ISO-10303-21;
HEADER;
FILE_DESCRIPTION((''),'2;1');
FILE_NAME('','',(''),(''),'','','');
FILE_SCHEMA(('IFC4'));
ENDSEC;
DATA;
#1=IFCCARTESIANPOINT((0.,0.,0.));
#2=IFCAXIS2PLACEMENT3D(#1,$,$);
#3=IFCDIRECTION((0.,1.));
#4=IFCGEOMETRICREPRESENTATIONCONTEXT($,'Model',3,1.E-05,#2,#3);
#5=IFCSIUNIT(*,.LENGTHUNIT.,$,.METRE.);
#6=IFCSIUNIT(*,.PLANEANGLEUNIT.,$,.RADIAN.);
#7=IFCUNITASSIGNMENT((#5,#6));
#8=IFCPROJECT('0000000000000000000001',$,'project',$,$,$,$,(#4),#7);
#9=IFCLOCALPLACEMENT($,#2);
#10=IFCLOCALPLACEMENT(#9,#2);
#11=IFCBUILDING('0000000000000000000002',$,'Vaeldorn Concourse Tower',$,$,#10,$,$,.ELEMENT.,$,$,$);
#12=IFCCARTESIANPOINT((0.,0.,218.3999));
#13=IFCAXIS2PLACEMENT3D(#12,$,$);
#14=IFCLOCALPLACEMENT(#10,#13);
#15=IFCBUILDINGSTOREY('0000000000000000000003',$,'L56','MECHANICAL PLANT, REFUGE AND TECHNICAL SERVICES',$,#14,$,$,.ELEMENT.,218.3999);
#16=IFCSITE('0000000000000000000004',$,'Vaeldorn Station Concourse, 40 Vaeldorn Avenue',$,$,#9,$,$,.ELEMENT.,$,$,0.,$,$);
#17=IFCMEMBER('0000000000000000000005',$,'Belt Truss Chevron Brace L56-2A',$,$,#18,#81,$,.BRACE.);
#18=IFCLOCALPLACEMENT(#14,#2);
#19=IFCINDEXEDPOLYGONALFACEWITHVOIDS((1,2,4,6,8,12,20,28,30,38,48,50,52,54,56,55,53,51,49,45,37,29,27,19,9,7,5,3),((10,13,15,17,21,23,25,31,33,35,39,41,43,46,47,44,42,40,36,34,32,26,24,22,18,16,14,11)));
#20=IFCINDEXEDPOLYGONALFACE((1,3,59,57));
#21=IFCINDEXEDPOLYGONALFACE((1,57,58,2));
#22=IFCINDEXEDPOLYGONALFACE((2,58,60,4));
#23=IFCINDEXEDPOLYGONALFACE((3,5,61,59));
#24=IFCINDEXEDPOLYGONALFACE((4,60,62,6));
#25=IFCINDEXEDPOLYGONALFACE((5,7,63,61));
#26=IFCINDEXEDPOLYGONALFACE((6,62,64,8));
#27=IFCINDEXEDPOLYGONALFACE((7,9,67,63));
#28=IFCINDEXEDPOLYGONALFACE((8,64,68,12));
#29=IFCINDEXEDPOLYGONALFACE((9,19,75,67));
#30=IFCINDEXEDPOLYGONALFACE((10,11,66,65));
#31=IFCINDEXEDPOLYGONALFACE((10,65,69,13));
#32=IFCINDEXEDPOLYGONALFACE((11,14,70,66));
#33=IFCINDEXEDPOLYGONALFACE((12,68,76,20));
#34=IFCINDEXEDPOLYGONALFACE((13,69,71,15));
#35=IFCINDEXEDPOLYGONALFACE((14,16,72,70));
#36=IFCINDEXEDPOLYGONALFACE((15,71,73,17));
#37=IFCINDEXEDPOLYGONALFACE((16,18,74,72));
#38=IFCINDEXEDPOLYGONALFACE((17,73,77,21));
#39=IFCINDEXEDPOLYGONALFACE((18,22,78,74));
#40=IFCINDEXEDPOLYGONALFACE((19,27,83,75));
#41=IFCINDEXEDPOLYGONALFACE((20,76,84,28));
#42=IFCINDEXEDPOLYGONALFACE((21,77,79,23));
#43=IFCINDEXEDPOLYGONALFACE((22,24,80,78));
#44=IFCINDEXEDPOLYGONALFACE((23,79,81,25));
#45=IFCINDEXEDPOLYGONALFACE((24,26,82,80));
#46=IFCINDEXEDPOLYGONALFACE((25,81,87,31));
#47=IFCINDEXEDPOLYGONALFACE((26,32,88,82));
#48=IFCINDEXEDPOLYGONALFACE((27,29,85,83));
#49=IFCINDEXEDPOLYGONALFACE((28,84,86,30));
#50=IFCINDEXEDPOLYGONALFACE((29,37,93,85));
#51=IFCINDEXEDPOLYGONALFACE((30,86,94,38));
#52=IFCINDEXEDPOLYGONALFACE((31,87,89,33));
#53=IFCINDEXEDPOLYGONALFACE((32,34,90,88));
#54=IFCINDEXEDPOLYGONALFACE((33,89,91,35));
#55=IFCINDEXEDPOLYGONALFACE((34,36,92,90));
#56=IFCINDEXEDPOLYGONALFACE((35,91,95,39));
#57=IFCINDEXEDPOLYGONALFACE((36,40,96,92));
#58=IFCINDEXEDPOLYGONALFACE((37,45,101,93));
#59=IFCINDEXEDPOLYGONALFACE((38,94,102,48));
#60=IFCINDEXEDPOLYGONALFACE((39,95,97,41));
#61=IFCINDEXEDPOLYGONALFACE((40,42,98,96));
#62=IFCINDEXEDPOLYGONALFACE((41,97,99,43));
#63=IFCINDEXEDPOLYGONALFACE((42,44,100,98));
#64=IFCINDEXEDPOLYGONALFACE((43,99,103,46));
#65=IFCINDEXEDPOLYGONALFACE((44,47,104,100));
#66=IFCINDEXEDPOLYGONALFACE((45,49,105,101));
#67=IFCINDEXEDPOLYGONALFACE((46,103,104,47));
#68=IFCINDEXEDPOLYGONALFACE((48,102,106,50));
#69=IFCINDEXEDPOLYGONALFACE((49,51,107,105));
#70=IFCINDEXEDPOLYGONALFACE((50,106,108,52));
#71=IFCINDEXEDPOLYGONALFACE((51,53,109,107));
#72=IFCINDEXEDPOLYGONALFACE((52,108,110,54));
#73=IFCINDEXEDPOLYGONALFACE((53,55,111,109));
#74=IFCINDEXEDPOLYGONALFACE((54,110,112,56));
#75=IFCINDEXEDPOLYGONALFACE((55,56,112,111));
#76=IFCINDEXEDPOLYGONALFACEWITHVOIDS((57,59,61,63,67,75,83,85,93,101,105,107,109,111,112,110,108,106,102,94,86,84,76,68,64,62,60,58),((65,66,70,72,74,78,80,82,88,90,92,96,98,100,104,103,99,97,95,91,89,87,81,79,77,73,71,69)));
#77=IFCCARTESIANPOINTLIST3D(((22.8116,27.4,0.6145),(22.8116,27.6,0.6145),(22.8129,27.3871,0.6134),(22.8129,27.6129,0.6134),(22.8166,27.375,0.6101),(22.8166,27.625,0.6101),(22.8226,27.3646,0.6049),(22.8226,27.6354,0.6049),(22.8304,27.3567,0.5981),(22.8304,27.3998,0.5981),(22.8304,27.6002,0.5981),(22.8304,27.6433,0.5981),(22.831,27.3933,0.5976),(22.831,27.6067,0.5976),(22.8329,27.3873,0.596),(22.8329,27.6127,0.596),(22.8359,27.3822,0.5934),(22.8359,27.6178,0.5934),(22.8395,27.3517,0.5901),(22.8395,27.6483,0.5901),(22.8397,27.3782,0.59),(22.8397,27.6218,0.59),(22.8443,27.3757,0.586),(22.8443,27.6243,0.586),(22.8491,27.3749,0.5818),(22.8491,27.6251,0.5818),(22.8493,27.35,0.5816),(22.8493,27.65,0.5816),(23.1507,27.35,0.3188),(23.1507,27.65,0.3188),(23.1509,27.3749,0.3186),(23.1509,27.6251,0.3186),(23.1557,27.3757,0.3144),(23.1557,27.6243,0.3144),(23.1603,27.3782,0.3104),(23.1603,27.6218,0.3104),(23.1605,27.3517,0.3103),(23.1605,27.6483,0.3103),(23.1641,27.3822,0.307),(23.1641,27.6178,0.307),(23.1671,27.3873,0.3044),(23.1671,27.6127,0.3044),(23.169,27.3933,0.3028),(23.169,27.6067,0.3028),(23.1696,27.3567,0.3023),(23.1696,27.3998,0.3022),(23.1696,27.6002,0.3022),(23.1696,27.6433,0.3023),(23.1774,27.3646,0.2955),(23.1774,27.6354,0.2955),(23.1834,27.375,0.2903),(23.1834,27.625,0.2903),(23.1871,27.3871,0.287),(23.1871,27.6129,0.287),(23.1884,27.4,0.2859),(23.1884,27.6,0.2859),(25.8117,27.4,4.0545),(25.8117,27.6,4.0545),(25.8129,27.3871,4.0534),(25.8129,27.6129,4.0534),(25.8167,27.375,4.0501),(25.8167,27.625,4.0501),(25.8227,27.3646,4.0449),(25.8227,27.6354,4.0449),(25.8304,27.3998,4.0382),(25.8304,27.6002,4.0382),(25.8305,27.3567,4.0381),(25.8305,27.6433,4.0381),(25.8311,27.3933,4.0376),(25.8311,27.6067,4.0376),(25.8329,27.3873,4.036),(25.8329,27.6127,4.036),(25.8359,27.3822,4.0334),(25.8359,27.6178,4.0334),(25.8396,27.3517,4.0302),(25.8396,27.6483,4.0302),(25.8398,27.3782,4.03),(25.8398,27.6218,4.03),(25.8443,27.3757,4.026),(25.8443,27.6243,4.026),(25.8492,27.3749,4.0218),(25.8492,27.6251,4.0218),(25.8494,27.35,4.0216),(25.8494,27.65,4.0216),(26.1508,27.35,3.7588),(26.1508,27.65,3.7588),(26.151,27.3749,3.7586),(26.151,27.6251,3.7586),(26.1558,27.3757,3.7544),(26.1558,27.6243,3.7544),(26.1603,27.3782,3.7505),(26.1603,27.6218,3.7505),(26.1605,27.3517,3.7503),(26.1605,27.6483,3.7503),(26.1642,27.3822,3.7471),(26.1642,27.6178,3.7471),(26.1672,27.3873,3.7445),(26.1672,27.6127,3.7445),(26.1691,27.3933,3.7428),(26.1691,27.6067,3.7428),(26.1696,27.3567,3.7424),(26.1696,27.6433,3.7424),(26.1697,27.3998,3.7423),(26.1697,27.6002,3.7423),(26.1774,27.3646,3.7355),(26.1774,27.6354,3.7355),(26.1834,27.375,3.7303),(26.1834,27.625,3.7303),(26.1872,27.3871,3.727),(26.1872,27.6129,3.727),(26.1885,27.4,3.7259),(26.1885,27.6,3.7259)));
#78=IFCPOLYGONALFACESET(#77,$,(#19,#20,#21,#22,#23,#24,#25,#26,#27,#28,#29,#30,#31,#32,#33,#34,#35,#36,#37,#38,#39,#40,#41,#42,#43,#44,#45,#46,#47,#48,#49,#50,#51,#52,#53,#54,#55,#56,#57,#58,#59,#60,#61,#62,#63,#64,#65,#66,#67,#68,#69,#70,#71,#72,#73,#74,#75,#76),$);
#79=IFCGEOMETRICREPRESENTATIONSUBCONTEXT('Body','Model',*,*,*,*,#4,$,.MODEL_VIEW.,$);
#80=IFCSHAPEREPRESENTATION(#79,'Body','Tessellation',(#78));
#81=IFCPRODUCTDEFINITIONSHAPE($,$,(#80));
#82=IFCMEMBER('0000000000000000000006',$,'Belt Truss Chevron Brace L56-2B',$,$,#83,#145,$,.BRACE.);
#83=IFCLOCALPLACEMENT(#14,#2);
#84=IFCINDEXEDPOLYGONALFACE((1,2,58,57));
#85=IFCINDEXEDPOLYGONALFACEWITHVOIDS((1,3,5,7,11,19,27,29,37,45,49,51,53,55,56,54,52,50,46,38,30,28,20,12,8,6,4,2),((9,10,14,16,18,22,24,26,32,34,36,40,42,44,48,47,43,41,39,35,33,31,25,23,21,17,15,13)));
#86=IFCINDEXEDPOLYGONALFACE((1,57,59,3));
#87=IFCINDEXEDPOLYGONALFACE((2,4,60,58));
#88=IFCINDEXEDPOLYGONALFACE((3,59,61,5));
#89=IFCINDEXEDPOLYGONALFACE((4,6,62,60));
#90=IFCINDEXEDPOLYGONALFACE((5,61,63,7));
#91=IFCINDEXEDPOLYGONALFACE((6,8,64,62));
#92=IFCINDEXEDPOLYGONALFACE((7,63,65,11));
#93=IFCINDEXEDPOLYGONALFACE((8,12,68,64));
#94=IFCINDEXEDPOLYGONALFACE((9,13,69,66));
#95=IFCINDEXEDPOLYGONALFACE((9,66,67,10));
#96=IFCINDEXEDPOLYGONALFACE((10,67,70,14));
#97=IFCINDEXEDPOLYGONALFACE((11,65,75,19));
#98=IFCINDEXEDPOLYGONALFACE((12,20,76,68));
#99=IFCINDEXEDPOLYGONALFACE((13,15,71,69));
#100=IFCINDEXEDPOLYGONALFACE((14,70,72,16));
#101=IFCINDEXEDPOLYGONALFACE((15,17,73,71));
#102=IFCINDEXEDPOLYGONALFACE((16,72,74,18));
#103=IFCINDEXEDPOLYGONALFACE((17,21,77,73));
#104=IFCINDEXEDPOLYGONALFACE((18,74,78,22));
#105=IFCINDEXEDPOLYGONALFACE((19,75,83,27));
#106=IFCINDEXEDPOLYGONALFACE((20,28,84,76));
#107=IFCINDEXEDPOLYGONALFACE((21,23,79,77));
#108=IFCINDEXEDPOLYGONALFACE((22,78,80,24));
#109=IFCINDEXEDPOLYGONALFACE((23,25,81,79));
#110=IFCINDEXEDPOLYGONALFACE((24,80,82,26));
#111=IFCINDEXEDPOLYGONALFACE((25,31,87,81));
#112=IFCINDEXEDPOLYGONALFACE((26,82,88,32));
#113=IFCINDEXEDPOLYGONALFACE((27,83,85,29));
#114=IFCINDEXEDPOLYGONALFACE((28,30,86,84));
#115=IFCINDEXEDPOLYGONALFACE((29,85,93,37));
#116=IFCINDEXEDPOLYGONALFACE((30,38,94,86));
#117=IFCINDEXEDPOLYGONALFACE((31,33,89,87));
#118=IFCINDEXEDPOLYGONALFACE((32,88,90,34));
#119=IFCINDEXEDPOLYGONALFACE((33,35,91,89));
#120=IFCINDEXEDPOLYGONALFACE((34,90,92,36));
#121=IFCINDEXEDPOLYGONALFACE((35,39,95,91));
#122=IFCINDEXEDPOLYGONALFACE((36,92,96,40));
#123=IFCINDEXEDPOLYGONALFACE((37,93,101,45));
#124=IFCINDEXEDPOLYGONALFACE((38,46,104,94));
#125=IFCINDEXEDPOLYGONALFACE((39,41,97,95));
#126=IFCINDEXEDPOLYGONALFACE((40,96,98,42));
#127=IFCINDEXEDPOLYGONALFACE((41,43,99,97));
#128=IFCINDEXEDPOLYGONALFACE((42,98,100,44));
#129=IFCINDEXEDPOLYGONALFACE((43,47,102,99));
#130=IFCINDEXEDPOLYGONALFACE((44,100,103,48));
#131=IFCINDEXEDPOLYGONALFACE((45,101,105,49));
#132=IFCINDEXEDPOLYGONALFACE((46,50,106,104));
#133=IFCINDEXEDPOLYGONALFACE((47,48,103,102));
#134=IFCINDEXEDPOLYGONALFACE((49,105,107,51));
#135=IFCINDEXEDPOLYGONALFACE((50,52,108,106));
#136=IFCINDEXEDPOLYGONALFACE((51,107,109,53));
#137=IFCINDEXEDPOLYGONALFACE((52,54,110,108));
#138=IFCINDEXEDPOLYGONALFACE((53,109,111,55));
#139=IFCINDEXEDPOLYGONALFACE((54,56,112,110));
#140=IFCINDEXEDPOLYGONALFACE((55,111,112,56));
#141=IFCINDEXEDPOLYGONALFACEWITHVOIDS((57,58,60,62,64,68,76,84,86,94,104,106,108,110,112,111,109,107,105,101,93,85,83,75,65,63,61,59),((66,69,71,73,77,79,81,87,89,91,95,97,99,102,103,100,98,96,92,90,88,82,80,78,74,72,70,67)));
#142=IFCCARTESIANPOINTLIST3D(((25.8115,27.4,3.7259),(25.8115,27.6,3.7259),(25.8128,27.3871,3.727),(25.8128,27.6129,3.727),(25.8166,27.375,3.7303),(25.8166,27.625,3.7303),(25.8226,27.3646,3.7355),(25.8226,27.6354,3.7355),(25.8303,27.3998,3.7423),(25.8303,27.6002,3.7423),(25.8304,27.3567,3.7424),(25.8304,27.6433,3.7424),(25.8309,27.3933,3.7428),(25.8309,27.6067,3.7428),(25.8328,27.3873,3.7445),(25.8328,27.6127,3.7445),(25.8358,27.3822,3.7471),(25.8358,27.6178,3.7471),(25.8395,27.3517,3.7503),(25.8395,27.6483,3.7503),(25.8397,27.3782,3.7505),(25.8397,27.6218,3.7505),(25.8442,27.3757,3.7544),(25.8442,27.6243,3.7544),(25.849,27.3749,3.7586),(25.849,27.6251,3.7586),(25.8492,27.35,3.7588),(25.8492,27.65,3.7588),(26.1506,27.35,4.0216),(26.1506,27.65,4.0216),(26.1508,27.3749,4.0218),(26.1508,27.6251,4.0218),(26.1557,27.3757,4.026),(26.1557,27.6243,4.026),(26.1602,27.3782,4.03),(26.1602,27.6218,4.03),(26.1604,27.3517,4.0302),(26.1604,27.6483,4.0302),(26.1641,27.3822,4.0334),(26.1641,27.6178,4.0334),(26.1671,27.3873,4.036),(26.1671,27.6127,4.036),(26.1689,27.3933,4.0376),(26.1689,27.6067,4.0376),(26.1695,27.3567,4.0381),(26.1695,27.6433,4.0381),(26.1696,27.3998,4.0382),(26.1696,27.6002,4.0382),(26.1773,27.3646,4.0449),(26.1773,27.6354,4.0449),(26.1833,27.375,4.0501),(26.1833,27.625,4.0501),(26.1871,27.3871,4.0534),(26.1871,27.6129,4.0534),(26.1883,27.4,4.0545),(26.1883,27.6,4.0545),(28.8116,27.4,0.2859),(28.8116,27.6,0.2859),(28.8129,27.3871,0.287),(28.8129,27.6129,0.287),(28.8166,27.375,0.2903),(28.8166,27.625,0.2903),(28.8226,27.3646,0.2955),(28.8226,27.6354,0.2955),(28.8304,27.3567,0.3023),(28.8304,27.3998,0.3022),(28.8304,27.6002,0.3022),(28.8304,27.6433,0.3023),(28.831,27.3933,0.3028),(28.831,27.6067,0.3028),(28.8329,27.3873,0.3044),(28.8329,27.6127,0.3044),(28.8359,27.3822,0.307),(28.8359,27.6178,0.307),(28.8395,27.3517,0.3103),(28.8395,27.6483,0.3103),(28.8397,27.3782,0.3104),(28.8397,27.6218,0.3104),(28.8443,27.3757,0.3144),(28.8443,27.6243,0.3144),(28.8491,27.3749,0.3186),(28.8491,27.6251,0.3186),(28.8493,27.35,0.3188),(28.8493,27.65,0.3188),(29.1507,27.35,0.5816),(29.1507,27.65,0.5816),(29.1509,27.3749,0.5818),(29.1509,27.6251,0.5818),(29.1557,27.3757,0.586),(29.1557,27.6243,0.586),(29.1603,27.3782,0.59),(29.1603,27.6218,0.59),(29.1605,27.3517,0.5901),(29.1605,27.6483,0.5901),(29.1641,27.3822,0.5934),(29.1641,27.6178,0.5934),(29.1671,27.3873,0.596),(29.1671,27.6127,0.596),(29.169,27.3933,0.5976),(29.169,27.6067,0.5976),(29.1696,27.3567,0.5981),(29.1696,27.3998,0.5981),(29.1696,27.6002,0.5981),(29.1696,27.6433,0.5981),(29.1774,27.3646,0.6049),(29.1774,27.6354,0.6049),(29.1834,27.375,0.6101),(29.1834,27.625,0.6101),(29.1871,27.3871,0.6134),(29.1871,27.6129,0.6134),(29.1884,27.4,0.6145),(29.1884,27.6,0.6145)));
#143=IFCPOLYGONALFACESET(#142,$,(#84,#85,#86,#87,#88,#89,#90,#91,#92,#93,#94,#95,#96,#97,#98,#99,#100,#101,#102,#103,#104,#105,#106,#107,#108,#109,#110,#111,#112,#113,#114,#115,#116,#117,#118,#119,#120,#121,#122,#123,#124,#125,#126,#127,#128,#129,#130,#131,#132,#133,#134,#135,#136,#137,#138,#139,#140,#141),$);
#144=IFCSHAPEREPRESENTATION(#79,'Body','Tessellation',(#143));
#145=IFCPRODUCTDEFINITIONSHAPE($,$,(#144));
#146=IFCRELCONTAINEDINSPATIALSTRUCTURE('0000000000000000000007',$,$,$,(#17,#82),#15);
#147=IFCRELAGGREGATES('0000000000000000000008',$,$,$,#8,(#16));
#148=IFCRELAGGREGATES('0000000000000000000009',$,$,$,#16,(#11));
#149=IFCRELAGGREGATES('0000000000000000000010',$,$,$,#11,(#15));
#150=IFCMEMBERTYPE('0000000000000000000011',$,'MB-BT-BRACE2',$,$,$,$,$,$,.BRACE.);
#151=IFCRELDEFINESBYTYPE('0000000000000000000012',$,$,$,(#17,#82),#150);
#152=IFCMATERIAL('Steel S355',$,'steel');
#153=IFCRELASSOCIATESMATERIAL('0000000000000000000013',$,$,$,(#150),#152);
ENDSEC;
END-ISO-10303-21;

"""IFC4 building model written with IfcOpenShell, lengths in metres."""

from ifc_helpers import new_model, si_unit, direction, frame, origin, origin_2d, place, context, subcontext, project, spatial, hollow_rectangle, extrude, source, transform, mapped, material, material_profile, profile_set, type_object, element, save


model = new_model("IFC4")

# Units and contexts
model_context = context("Model", 3, precision=1e-05, world=origin(), true_north=direction((0.0, 1.0)))
body_context = subcontext(model_context, "Body", "Model", "MODEL_VIEW")
ifc_project = project(units=[si_unit("LENGTHUNIT", "METRE"), si_unit("PLANEANGLEUNIT", "RADIAN")], contexts=[model_context])

# Site, building, storey
site_placement = place(None, origin())
site = spatial("IfcSite", under=ifc_project, at=site_placement, Name="Vaeldorn Station Concourse, 40 Vaeldorn Avenue", CompositionType="ELEMENT", RefElevation=0.0)
building_placement = place(site_placement, origin())
building = spatial("IfcBuilding", under=site, at=building_placement, Name="Vaeldorn Concourse Tower", CompositionType="ELEMENT")
storey_placement = place(building_placement, frame((0.0, 0.0, 218.3999)))
storey = spatial("IfcBuildingStorey", under=building, at=storey_placement, Name="L56", Description="MECHANICAL PLANT, REFUGE AND TECHNICAL SERVICES", CompositionType="ELEMENT", Elevation=218.3999)

# Shared definitions
ifc_material_1 = material(Name="Steel S355", Category="steel")

# Members
ifc_material_profile_1 = material_profile(ifc_material_1, hollow_rectangle(XDim=0.3, YDim=0.5, WallThickness=0.0249, InnerFilletRadius=0.0249, OuterFilletRadius=0.05, at=origin_2d()), Name="RHS 500x300x25")
ifc_profile_set_1 = profile_set([ifc_material_profile_1], Name="Steel S355")
member_type_1 = type_object("IfcMemberType", Name="MB-BT-BRACE2", PredefinedType="BRACE", material=ifc_profile_set_1)
shared_shape_1 = source(origin(), body_context, "Body", "SweptSolid", [
    extrude(hollow_rectangle(XDim=0.3, YDim=0.5, WallThickness=0.0249, InnerFilletRadius=0.0249, OuterFilletRadius=0.05, at=origin_2d()), origin(), (0.0, 0.0, 1.0), 4.5645),
])
for number, where, z_axis, x_axis, name in (
    (1, (23.0, 27.5, 0.4502), (0.657269, 0.0, 0.753656), (0.0, 1.0, 0.0), "Belt Truss Chevron Brace L56-2A"),
    (2, (29.0, 27.5, 0.4502), (-0.657269, 0.0, 0.753656), (0.0, -1.0, 0.0), "Belt Truss Chevron Brace L56-2B"),
):
    element("IfcMember", number, at=place(storey_placement, frame(where, z_axis=z_axis, x_axis=x_axis)), inside=storey, type_object=member_type_1, Name=name, PredefinedType="BRACE", context=body_context, shape_type="MappedRepresentation", body=[
        mapped(shared_shape_1, transform((0.0, 0.0, 0.0), scale=1.0)),
    ])

save(model, "model.ifc")
